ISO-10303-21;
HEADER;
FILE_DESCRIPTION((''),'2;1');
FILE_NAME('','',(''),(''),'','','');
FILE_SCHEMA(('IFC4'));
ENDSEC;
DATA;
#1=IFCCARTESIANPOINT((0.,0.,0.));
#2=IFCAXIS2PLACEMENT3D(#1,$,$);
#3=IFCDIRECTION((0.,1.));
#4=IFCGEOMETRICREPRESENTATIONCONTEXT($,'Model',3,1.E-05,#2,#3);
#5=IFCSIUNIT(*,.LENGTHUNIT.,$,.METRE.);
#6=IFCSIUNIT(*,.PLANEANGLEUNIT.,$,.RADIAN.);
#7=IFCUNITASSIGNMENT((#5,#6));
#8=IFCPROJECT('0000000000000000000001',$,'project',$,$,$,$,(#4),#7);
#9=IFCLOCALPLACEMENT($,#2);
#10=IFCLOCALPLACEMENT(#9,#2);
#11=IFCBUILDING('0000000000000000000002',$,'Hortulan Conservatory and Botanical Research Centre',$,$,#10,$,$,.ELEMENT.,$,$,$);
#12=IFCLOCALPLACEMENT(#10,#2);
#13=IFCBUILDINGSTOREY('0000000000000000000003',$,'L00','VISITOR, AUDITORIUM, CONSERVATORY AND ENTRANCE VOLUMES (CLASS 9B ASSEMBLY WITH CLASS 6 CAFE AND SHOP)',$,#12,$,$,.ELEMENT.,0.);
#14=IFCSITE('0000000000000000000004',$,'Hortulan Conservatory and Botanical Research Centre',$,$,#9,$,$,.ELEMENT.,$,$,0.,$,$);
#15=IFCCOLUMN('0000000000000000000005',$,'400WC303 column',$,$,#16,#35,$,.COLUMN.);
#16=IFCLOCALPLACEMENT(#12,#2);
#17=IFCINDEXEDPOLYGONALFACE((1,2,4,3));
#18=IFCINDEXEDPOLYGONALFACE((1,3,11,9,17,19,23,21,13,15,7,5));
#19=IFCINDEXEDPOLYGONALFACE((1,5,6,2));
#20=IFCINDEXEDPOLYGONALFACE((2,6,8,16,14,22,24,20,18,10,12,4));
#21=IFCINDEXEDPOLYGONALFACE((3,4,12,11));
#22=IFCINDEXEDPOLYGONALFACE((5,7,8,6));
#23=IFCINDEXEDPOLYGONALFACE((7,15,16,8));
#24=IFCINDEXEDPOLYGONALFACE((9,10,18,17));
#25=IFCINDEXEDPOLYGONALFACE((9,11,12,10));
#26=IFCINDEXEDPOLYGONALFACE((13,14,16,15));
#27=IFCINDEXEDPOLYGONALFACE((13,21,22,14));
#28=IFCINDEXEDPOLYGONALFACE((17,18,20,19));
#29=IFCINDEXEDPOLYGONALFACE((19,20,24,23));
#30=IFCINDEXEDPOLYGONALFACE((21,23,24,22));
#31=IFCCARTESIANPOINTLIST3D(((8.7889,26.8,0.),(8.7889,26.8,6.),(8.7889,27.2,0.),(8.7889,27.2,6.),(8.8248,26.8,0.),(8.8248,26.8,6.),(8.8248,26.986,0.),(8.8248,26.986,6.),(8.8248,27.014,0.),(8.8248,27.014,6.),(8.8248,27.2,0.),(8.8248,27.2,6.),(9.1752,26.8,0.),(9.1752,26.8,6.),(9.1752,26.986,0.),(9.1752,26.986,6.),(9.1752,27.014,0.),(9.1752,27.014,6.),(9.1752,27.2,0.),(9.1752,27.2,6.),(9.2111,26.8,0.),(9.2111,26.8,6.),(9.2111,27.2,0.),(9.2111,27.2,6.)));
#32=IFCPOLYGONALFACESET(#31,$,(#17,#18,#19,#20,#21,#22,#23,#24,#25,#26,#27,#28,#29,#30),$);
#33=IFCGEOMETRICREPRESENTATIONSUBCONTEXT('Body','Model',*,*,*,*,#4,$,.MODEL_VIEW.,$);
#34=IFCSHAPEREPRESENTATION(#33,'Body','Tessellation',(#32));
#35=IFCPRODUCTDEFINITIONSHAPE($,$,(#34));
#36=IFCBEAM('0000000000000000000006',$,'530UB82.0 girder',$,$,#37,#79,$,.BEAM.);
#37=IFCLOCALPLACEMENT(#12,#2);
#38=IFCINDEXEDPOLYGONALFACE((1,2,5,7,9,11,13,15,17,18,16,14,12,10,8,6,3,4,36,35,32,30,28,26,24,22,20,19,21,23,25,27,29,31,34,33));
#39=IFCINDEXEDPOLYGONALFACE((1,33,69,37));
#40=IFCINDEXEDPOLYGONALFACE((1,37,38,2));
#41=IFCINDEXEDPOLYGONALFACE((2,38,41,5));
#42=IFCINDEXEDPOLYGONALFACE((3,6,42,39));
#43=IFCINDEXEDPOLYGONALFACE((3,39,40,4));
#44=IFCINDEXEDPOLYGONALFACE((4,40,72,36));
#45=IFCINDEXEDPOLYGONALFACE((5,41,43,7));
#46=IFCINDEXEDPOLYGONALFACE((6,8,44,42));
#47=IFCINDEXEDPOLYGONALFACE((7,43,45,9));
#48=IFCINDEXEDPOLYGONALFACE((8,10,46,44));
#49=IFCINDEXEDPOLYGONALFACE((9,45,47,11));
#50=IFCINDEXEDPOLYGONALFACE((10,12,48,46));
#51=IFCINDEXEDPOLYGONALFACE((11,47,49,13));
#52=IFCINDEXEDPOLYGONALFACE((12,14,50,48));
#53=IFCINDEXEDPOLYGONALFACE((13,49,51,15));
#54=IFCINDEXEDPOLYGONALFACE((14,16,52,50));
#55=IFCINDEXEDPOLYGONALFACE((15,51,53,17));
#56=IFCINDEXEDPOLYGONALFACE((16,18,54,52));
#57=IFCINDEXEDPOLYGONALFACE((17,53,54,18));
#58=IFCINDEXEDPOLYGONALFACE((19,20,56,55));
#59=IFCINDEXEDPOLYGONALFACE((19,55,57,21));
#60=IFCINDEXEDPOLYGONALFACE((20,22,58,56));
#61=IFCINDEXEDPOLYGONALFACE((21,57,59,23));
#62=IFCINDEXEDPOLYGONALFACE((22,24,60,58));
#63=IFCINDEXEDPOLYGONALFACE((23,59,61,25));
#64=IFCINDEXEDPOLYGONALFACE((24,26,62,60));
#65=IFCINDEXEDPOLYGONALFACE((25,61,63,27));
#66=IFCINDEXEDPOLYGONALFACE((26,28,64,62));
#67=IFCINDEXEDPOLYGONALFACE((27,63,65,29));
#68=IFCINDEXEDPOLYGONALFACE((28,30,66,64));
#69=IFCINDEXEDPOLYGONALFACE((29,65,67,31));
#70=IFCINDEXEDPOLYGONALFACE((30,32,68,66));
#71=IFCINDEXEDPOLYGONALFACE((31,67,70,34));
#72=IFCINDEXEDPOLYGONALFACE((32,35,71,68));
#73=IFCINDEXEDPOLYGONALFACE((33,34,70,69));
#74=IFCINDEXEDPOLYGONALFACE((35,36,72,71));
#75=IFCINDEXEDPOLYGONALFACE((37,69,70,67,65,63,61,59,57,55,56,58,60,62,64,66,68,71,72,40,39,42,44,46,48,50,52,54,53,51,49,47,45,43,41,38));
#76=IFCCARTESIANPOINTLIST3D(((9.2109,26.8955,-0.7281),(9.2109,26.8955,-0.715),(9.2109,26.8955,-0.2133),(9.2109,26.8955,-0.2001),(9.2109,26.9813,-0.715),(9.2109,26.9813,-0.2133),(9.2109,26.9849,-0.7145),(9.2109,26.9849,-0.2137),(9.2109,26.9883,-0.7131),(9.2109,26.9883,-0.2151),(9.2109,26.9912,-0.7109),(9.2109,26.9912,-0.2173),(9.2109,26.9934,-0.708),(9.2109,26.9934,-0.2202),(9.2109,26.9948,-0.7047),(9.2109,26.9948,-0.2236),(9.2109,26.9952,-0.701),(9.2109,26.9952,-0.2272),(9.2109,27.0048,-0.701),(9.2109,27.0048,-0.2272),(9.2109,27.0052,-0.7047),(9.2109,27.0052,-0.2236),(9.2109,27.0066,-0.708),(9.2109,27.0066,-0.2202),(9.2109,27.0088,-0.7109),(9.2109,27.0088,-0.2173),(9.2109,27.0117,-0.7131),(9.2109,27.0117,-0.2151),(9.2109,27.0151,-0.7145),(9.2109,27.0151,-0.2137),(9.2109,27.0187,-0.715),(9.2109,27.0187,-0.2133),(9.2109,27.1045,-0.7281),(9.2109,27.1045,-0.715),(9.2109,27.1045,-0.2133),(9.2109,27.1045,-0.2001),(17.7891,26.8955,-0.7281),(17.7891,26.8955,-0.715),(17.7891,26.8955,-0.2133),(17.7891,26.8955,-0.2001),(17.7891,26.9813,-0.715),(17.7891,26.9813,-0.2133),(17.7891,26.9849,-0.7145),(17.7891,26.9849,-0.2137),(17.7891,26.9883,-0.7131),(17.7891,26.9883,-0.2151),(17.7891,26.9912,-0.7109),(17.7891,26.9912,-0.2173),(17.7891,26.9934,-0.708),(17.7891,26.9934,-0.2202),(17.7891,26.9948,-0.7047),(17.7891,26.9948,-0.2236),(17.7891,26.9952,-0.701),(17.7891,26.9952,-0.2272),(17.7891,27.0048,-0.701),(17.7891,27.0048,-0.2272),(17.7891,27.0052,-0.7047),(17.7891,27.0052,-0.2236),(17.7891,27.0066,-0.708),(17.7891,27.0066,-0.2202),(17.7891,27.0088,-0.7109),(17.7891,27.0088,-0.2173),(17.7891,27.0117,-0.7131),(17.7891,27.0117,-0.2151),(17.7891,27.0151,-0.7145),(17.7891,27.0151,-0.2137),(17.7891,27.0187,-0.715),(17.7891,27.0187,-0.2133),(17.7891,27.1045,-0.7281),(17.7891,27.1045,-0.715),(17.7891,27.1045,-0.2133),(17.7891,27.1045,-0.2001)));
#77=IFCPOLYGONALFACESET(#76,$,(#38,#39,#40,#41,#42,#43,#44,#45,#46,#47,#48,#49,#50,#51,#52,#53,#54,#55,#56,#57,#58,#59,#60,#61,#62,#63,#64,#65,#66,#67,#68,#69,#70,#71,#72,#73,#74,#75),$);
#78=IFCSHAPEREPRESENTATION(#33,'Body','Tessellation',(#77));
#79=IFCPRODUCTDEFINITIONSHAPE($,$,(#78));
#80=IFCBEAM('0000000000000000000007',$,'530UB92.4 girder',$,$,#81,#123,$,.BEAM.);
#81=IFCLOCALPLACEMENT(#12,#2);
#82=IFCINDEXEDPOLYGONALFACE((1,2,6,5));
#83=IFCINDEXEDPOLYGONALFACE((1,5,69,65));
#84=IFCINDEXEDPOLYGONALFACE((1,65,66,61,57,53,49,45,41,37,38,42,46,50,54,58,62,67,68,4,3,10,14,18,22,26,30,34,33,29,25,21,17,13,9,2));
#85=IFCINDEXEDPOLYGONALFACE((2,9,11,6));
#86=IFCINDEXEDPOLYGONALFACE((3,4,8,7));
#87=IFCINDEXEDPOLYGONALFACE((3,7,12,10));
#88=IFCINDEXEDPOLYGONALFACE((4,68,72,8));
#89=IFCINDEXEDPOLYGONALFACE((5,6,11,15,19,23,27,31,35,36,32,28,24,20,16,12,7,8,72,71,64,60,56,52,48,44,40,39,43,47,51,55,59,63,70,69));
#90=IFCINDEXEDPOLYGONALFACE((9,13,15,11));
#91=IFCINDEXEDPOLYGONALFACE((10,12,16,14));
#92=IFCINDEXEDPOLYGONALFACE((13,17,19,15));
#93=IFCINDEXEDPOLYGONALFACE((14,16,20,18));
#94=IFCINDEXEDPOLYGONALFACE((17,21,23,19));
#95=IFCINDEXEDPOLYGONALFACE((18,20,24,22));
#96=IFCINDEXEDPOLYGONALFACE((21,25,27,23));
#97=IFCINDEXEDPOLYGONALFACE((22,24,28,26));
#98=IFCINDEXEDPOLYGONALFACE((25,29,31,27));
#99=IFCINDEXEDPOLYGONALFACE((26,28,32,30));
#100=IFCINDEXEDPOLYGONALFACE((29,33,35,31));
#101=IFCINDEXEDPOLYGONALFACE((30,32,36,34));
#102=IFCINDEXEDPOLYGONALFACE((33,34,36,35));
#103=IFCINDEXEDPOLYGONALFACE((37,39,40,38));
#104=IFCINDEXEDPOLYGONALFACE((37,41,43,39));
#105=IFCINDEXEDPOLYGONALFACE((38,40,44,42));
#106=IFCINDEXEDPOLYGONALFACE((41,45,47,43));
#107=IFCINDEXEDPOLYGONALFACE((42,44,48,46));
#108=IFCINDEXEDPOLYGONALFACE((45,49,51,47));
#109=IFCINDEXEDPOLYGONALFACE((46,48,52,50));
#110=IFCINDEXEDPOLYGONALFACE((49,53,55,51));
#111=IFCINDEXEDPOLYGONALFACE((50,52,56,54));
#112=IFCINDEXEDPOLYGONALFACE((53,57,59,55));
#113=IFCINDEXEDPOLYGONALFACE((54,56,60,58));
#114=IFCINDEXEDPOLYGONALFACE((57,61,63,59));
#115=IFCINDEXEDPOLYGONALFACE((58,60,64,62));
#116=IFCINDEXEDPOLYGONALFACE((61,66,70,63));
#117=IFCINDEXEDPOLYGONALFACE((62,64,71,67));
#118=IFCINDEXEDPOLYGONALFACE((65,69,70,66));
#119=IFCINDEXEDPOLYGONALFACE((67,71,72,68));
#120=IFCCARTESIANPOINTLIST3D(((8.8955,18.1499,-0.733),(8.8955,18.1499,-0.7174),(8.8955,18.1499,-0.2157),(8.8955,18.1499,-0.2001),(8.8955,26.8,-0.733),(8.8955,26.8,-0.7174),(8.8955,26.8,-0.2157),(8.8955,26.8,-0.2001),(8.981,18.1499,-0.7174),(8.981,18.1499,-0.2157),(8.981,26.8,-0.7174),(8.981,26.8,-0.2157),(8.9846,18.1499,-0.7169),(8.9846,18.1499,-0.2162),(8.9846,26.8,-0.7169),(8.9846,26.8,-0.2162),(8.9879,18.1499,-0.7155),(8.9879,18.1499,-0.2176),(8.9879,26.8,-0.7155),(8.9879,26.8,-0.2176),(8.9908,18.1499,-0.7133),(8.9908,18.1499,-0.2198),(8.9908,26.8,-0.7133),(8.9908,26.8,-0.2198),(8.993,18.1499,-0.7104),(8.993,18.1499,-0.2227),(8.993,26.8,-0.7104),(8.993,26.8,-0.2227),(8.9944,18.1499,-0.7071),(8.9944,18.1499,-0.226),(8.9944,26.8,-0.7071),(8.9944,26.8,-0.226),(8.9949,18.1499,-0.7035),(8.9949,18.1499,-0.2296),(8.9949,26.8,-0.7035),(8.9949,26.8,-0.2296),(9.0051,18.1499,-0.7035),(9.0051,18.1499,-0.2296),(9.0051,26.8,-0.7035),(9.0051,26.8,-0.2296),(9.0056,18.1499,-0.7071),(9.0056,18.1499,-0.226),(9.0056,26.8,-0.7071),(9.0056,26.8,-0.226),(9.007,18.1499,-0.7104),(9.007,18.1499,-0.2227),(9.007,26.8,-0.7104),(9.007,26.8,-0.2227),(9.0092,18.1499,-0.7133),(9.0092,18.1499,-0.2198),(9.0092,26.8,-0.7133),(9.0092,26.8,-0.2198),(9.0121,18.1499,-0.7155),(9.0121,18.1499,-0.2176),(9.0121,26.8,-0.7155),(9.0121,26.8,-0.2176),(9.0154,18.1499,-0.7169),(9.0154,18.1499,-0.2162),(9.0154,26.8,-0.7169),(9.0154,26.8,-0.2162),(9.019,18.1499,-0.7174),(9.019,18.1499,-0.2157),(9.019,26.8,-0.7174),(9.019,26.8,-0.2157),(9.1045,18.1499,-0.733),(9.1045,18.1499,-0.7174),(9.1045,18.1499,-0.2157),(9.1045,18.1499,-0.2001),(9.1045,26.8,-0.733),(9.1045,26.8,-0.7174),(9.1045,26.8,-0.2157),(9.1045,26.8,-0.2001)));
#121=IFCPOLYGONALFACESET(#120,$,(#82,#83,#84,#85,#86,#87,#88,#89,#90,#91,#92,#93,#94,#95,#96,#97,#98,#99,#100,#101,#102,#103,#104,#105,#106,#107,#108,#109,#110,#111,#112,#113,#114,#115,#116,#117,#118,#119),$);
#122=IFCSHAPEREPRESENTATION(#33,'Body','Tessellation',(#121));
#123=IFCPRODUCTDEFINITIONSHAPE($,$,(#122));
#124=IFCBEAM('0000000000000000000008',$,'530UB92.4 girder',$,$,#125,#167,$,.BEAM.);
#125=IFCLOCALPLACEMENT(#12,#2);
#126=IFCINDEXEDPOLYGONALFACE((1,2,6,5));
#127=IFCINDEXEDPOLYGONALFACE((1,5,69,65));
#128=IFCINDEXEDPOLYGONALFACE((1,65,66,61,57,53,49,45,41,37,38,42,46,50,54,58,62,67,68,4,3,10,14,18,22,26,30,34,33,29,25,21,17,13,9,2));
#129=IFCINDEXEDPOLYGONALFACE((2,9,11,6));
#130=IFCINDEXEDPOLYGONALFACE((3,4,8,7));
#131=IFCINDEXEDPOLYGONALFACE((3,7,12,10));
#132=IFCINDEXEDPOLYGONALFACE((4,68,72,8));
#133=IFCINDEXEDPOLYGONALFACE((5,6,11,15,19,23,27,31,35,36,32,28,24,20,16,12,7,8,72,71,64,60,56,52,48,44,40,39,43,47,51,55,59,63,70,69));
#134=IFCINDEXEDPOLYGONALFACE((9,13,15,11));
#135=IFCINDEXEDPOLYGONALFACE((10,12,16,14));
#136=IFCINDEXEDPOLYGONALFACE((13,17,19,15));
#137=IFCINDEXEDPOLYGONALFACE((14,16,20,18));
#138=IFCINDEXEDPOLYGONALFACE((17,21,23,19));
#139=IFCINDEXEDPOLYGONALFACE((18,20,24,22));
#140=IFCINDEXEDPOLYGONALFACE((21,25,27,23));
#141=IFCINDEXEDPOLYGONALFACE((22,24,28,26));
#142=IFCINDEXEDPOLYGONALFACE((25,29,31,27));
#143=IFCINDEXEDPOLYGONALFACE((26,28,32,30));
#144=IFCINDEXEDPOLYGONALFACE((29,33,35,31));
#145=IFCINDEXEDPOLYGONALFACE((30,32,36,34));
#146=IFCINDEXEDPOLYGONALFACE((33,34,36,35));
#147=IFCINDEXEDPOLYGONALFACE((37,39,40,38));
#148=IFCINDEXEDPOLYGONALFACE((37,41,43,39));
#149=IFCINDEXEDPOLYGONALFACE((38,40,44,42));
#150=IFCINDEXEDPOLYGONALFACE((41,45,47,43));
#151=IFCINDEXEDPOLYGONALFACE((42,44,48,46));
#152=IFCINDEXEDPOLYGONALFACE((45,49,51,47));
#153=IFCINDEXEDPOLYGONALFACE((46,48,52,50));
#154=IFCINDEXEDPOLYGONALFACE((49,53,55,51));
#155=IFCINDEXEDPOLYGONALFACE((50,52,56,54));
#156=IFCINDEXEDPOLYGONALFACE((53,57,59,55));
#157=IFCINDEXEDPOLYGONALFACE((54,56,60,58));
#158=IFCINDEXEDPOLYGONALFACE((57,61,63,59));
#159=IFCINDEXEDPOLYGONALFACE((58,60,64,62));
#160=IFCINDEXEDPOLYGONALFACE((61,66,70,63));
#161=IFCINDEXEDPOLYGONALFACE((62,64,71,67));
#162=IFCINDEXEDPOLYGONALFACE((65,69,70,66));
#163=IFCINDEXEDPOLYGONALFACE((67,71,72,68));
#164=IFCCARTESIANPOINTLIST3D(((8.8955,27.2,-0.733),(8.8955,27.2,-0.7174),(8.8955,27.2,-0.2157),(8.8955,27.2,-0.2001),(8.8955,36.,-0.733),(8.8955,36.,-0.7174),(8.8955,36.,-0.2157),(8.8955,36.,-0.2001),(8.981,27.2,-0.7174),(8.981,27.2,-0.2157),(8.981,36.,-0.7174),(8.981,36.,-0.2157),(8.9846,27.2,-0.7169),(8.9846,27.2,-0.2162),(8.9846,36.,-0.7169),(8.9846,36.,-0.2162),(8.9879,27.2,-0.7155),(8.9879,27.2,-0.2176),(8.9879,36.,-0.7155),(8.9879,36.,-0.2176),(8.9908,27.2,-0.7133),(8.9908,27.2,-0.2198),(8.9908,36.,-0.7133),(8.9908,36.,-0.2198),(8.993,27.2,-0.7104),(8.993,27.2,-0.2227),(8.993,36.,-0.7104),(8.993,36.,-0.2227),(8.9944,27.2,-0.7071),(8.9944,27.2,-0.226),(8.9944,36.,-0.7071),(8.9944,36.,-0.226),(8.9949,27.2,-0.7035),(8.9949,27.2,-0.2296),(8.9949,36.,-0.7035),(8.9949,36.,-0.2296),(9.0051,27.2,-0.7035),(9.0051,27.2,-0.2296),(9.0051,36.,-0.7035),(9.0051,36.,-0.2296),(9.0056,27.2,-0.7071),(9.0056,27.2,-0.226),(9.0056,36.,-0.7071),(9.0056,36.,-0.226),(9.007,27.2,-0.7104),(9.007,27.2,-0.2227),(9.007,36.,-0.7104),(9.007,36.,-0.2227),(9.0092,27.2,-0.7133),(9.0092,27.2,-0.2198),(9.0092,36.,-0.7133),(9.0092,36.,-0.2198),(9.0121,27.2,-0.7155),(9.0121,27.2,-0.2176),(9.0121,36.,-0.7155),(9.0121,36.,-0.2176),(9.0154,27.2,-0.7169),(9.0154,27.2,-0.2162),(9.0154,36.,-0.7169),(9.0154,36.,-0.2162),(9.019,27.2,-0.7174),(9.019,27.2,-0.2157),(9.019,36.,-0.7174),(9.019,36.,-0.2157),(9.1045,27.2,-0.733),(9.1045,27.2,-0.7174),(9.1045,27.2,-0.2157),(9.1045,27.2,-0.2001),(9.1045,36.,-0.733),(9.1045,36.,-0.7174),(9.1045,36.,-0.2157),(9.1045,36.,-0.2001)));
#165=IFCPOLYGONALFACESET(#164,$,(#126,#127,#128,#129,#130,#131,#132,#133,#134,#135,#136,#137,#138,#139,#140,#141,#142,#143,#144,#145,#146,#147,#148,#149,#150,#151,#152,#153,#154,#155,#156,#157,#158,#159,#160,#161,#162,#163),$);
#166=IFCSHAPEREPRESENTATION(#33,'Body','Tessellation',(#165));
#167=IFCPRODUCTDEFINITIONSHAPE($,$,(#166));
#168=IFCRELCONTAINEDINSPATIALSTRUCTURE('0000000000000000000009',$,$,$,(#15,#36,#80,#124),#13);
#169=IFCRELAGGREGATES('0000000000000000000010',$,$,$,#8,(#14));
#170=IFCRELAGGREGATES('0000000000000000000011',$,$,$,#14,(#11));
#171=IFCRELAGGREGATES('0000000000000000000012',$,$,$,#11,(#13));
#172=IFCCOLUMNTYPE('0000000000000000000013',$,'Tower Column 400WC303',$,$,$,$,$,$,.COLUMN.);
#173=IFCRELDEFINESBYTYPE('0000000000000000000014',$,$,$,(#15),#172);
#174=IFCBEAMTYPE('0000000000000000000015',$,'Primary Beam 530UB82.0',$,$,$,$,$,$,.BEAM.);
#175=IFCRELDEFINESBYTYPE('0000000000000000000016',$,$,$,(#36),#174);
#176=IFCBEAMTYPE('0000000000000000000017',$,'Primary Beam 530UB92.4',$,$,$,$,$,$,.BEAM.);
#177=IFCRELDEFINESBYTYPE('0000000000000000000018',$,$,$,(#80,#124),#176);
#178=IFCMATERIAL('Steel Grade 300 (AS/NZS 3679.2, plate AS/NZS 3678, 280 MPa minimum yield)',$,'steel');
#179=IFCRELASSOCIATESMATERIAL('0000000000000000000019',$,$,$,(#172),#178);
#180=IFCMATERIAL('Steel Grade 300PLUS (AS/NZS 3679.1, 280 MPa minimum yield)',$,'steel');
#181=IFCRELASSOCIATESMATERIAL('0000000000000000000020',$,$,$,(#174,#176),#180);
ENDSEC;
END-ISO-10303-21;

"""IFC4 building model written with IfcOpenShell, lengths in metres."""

from ifc_helpers import new_model, si_unit, direction, frame, origin, origin_2d, place, context, subcontext, project, spatial, i_section, extrude, material, material_profile, profile_set, type_object, element, save


model = new_model("IFC4")

# Units and contexts
model_context = context("Model", 3, precision=1e-05, world=origin(), true_north=direction((0.0, 1.0)))
body_context = subcontext(model_context, "Body", "Model", "MODEL_VIEW")
ifc_project = project(units=[si_unit("LENGTHUNIT", "METRE"), si_unit("PLANEANGLEUNIT", "RADIAN")], contexts=[model_context])

# Site, building, storey
site_placement = place(None, origin())
site = spatial("IfcSite", under=ifc_project, at=site_placement, Name="Hortulan Conservatory and Botanical Research Centre", CompositionType="ELEMENT", RefElevation=0.0)
building_placement = place(site_placement, origin())
building = spatial("IfcBuilding", under=site, at=building_placement, Name="Hortulan Conservatory and Botanical Research Centre", CompositionType="ELEMENT")
storey_placement = place(building_placement, origin())
storey = spatial("IfcBuildingStorey", under=building, at=storey_placement, Name="L00", Description="VISITOR, AUDITORIUM, CONSERVATORY AND ENTRANCE VOLUMES (CLASS 9B ASSEMBLY WITH CLASS 6 CAFE AND SHOP)", CompositionType="ELEMENT", Elevation=0.0)

# Column
ifc_material_1 = material(Name="Steel Grade 300 (AS/NZS 3679.2, plate AS/NZS 3678, 280 MPa minimum yield)", Category="steel")
ifc_material_profile_1 = material_profile(ifc_material_1, i_section(OverallWidth=0.3999, OverallDepth=0.4221, WebThickness=0.0281, FlangeThickness=0.0359, at=origin_2d()), Name="400WC303")
ifc_profile_set_1 = profile_set([ifc_material_profile_1], Name="Steel Grade 300 (AS/NZS 3679.2, plate AS/NZS 3678, 280 MPa minimum yield)")
column_type = type_object("IfcColumnType", Name="Tower Column 400WC303", PredefinedType="COLUMN", material=ifc_profile_set_1)
column_placement = place(storey_placement, frame((9.0, 27.0, 0.0), z_axis=(0.0, 0.0, 1.0), x_axis=(0.0, 1.0, 0.0)))
element("IfcColumn", 1, at=column_placement, inside=storey, type_object=column_type, Name="400WC303 column", PredefinedType="COLUMN", context=body_context, shape_type="SweptSolid", body=[
    extrude(i_section(OverallWidth=0.3999, OverallDepth=0.4221, WebThickness=0.0281, FlangeThickness=0.0359, at=origin_2d()), origin(), (0.0, 0.0, 1.0), 6.0),
])

# Beams
ifc_material_2 = material(Name="Steel Grade 300PLUS (AS/NZS 3679.1, 280 MPa minimum yield)", Category="steel")
ifc_material_profile_2 = material_profile(ifc_material_2, i_section(OverallWidth=0.209, OverallDepth=0.5281, WebThickness=0.0095, FlangeThickness=0.0132, FilletRadius=0.0139, at=origin_2d()), Name="530UB82.0")
ifc_profile_set_2 = profile_set([ifc_material_profile_2], Name="Steel Grade 300PLUS (AS/NZS 3679.1, 280 MPa minimum yield)")
beam_type_1 = type_object("IfcBeamType", Name="Primary Beam 530UB82.0", PredefinedType="BEAM", material=ifc_profile_set_2)
beam_1_placement = place(storey_placement, frame((9.2109, 27.0, -0.4641), z_axis=(1.0, 0.0, 0.0), x_axis=(0.0, 1.0, 0.0)))
element("IfcBeam", 2, at=beam_1_placement, inside=storey, type_object=beam_type_1, Name="530UB82.0 girder", PredefinedType="BEAM", context=body_context, shape_type="SweptSolid", body=[
    extrude(i_section(OverallWidth=0.209, OverallDepth=0.5281, WebThickness=0.0095, FlangeThickness=0.0132, FilletRadius=0.0139, at=origin_2d()), origin(), (0.0, 0.0, 1.0), 8.5781),
])
ifc_material_profile_3 = material_profile(ifc_material_2, i_section(OverallWidth=0.209, OverallDepth=0.533, WebThickness=0.0103, FlangeThickness=0.0156, FilletRadius=0.0139, at=origin_2d()), Name="530UB92.4")
ifc_profile_set_3 = profile_set([ifc_material_profile_3], Name="Steel Grade 300PLUS (AS/NZS 3679.1, 280 MPa minimum yield)")
beam_type_2 = type_object("IfcBeamType", Name="Primary Beam 530UB92.4", PredefinedType="BEAM", material=ifc_profile_set_3)
beam_2_placement = place(storey_placement, frame((9.0, 18.1499, -0.4666), z_axis=(0.0, 1.0, 0.0), x_axis=(-1.0, 0.0, 0.0)))
element("IfcBeam", 3, at=beam_2_placement, inside=storey, type_object=beam_type_2, Name="530UB92.4 girder", PredefinedType="BEAM", context=body_context, shape_type="SweptSolid", body=[
    extrude(i_section(OverallWidth=0.209, OverallDepth=0.533, WebThickness=0.0103, FlangeThickness=0.0156, FilletRadius=0.0139, at=origin_2d()), origin(), (0.0, 0.0, 1.0), 8.6501),
])
beam_3_placement = place(storey_placement, frame((9.0, 27.2, -0.4666), z_axis=(0.0, 1.0, 0.0), x_axis=(-1.0, 0.0, 0.0)))
element("IfcBeam", 4, at=beam_3_placement, inside=storey, type_object=beam_type_2, Name="530UB92.4 girder", PredefinedType="BEAM", context=body_context, shape_type="SweptSolid", body=[
    extrude(i_section(OverallWidth=0.209, OverallDepth=0.533, WebThickness=0.0103, FlangeThickness=0.0156, FilletRadius=0.0139, at=origin_2d()), origin(), (0.0, 0.0, 1.0), 8.8),
])

save(model, "model.ifc")
